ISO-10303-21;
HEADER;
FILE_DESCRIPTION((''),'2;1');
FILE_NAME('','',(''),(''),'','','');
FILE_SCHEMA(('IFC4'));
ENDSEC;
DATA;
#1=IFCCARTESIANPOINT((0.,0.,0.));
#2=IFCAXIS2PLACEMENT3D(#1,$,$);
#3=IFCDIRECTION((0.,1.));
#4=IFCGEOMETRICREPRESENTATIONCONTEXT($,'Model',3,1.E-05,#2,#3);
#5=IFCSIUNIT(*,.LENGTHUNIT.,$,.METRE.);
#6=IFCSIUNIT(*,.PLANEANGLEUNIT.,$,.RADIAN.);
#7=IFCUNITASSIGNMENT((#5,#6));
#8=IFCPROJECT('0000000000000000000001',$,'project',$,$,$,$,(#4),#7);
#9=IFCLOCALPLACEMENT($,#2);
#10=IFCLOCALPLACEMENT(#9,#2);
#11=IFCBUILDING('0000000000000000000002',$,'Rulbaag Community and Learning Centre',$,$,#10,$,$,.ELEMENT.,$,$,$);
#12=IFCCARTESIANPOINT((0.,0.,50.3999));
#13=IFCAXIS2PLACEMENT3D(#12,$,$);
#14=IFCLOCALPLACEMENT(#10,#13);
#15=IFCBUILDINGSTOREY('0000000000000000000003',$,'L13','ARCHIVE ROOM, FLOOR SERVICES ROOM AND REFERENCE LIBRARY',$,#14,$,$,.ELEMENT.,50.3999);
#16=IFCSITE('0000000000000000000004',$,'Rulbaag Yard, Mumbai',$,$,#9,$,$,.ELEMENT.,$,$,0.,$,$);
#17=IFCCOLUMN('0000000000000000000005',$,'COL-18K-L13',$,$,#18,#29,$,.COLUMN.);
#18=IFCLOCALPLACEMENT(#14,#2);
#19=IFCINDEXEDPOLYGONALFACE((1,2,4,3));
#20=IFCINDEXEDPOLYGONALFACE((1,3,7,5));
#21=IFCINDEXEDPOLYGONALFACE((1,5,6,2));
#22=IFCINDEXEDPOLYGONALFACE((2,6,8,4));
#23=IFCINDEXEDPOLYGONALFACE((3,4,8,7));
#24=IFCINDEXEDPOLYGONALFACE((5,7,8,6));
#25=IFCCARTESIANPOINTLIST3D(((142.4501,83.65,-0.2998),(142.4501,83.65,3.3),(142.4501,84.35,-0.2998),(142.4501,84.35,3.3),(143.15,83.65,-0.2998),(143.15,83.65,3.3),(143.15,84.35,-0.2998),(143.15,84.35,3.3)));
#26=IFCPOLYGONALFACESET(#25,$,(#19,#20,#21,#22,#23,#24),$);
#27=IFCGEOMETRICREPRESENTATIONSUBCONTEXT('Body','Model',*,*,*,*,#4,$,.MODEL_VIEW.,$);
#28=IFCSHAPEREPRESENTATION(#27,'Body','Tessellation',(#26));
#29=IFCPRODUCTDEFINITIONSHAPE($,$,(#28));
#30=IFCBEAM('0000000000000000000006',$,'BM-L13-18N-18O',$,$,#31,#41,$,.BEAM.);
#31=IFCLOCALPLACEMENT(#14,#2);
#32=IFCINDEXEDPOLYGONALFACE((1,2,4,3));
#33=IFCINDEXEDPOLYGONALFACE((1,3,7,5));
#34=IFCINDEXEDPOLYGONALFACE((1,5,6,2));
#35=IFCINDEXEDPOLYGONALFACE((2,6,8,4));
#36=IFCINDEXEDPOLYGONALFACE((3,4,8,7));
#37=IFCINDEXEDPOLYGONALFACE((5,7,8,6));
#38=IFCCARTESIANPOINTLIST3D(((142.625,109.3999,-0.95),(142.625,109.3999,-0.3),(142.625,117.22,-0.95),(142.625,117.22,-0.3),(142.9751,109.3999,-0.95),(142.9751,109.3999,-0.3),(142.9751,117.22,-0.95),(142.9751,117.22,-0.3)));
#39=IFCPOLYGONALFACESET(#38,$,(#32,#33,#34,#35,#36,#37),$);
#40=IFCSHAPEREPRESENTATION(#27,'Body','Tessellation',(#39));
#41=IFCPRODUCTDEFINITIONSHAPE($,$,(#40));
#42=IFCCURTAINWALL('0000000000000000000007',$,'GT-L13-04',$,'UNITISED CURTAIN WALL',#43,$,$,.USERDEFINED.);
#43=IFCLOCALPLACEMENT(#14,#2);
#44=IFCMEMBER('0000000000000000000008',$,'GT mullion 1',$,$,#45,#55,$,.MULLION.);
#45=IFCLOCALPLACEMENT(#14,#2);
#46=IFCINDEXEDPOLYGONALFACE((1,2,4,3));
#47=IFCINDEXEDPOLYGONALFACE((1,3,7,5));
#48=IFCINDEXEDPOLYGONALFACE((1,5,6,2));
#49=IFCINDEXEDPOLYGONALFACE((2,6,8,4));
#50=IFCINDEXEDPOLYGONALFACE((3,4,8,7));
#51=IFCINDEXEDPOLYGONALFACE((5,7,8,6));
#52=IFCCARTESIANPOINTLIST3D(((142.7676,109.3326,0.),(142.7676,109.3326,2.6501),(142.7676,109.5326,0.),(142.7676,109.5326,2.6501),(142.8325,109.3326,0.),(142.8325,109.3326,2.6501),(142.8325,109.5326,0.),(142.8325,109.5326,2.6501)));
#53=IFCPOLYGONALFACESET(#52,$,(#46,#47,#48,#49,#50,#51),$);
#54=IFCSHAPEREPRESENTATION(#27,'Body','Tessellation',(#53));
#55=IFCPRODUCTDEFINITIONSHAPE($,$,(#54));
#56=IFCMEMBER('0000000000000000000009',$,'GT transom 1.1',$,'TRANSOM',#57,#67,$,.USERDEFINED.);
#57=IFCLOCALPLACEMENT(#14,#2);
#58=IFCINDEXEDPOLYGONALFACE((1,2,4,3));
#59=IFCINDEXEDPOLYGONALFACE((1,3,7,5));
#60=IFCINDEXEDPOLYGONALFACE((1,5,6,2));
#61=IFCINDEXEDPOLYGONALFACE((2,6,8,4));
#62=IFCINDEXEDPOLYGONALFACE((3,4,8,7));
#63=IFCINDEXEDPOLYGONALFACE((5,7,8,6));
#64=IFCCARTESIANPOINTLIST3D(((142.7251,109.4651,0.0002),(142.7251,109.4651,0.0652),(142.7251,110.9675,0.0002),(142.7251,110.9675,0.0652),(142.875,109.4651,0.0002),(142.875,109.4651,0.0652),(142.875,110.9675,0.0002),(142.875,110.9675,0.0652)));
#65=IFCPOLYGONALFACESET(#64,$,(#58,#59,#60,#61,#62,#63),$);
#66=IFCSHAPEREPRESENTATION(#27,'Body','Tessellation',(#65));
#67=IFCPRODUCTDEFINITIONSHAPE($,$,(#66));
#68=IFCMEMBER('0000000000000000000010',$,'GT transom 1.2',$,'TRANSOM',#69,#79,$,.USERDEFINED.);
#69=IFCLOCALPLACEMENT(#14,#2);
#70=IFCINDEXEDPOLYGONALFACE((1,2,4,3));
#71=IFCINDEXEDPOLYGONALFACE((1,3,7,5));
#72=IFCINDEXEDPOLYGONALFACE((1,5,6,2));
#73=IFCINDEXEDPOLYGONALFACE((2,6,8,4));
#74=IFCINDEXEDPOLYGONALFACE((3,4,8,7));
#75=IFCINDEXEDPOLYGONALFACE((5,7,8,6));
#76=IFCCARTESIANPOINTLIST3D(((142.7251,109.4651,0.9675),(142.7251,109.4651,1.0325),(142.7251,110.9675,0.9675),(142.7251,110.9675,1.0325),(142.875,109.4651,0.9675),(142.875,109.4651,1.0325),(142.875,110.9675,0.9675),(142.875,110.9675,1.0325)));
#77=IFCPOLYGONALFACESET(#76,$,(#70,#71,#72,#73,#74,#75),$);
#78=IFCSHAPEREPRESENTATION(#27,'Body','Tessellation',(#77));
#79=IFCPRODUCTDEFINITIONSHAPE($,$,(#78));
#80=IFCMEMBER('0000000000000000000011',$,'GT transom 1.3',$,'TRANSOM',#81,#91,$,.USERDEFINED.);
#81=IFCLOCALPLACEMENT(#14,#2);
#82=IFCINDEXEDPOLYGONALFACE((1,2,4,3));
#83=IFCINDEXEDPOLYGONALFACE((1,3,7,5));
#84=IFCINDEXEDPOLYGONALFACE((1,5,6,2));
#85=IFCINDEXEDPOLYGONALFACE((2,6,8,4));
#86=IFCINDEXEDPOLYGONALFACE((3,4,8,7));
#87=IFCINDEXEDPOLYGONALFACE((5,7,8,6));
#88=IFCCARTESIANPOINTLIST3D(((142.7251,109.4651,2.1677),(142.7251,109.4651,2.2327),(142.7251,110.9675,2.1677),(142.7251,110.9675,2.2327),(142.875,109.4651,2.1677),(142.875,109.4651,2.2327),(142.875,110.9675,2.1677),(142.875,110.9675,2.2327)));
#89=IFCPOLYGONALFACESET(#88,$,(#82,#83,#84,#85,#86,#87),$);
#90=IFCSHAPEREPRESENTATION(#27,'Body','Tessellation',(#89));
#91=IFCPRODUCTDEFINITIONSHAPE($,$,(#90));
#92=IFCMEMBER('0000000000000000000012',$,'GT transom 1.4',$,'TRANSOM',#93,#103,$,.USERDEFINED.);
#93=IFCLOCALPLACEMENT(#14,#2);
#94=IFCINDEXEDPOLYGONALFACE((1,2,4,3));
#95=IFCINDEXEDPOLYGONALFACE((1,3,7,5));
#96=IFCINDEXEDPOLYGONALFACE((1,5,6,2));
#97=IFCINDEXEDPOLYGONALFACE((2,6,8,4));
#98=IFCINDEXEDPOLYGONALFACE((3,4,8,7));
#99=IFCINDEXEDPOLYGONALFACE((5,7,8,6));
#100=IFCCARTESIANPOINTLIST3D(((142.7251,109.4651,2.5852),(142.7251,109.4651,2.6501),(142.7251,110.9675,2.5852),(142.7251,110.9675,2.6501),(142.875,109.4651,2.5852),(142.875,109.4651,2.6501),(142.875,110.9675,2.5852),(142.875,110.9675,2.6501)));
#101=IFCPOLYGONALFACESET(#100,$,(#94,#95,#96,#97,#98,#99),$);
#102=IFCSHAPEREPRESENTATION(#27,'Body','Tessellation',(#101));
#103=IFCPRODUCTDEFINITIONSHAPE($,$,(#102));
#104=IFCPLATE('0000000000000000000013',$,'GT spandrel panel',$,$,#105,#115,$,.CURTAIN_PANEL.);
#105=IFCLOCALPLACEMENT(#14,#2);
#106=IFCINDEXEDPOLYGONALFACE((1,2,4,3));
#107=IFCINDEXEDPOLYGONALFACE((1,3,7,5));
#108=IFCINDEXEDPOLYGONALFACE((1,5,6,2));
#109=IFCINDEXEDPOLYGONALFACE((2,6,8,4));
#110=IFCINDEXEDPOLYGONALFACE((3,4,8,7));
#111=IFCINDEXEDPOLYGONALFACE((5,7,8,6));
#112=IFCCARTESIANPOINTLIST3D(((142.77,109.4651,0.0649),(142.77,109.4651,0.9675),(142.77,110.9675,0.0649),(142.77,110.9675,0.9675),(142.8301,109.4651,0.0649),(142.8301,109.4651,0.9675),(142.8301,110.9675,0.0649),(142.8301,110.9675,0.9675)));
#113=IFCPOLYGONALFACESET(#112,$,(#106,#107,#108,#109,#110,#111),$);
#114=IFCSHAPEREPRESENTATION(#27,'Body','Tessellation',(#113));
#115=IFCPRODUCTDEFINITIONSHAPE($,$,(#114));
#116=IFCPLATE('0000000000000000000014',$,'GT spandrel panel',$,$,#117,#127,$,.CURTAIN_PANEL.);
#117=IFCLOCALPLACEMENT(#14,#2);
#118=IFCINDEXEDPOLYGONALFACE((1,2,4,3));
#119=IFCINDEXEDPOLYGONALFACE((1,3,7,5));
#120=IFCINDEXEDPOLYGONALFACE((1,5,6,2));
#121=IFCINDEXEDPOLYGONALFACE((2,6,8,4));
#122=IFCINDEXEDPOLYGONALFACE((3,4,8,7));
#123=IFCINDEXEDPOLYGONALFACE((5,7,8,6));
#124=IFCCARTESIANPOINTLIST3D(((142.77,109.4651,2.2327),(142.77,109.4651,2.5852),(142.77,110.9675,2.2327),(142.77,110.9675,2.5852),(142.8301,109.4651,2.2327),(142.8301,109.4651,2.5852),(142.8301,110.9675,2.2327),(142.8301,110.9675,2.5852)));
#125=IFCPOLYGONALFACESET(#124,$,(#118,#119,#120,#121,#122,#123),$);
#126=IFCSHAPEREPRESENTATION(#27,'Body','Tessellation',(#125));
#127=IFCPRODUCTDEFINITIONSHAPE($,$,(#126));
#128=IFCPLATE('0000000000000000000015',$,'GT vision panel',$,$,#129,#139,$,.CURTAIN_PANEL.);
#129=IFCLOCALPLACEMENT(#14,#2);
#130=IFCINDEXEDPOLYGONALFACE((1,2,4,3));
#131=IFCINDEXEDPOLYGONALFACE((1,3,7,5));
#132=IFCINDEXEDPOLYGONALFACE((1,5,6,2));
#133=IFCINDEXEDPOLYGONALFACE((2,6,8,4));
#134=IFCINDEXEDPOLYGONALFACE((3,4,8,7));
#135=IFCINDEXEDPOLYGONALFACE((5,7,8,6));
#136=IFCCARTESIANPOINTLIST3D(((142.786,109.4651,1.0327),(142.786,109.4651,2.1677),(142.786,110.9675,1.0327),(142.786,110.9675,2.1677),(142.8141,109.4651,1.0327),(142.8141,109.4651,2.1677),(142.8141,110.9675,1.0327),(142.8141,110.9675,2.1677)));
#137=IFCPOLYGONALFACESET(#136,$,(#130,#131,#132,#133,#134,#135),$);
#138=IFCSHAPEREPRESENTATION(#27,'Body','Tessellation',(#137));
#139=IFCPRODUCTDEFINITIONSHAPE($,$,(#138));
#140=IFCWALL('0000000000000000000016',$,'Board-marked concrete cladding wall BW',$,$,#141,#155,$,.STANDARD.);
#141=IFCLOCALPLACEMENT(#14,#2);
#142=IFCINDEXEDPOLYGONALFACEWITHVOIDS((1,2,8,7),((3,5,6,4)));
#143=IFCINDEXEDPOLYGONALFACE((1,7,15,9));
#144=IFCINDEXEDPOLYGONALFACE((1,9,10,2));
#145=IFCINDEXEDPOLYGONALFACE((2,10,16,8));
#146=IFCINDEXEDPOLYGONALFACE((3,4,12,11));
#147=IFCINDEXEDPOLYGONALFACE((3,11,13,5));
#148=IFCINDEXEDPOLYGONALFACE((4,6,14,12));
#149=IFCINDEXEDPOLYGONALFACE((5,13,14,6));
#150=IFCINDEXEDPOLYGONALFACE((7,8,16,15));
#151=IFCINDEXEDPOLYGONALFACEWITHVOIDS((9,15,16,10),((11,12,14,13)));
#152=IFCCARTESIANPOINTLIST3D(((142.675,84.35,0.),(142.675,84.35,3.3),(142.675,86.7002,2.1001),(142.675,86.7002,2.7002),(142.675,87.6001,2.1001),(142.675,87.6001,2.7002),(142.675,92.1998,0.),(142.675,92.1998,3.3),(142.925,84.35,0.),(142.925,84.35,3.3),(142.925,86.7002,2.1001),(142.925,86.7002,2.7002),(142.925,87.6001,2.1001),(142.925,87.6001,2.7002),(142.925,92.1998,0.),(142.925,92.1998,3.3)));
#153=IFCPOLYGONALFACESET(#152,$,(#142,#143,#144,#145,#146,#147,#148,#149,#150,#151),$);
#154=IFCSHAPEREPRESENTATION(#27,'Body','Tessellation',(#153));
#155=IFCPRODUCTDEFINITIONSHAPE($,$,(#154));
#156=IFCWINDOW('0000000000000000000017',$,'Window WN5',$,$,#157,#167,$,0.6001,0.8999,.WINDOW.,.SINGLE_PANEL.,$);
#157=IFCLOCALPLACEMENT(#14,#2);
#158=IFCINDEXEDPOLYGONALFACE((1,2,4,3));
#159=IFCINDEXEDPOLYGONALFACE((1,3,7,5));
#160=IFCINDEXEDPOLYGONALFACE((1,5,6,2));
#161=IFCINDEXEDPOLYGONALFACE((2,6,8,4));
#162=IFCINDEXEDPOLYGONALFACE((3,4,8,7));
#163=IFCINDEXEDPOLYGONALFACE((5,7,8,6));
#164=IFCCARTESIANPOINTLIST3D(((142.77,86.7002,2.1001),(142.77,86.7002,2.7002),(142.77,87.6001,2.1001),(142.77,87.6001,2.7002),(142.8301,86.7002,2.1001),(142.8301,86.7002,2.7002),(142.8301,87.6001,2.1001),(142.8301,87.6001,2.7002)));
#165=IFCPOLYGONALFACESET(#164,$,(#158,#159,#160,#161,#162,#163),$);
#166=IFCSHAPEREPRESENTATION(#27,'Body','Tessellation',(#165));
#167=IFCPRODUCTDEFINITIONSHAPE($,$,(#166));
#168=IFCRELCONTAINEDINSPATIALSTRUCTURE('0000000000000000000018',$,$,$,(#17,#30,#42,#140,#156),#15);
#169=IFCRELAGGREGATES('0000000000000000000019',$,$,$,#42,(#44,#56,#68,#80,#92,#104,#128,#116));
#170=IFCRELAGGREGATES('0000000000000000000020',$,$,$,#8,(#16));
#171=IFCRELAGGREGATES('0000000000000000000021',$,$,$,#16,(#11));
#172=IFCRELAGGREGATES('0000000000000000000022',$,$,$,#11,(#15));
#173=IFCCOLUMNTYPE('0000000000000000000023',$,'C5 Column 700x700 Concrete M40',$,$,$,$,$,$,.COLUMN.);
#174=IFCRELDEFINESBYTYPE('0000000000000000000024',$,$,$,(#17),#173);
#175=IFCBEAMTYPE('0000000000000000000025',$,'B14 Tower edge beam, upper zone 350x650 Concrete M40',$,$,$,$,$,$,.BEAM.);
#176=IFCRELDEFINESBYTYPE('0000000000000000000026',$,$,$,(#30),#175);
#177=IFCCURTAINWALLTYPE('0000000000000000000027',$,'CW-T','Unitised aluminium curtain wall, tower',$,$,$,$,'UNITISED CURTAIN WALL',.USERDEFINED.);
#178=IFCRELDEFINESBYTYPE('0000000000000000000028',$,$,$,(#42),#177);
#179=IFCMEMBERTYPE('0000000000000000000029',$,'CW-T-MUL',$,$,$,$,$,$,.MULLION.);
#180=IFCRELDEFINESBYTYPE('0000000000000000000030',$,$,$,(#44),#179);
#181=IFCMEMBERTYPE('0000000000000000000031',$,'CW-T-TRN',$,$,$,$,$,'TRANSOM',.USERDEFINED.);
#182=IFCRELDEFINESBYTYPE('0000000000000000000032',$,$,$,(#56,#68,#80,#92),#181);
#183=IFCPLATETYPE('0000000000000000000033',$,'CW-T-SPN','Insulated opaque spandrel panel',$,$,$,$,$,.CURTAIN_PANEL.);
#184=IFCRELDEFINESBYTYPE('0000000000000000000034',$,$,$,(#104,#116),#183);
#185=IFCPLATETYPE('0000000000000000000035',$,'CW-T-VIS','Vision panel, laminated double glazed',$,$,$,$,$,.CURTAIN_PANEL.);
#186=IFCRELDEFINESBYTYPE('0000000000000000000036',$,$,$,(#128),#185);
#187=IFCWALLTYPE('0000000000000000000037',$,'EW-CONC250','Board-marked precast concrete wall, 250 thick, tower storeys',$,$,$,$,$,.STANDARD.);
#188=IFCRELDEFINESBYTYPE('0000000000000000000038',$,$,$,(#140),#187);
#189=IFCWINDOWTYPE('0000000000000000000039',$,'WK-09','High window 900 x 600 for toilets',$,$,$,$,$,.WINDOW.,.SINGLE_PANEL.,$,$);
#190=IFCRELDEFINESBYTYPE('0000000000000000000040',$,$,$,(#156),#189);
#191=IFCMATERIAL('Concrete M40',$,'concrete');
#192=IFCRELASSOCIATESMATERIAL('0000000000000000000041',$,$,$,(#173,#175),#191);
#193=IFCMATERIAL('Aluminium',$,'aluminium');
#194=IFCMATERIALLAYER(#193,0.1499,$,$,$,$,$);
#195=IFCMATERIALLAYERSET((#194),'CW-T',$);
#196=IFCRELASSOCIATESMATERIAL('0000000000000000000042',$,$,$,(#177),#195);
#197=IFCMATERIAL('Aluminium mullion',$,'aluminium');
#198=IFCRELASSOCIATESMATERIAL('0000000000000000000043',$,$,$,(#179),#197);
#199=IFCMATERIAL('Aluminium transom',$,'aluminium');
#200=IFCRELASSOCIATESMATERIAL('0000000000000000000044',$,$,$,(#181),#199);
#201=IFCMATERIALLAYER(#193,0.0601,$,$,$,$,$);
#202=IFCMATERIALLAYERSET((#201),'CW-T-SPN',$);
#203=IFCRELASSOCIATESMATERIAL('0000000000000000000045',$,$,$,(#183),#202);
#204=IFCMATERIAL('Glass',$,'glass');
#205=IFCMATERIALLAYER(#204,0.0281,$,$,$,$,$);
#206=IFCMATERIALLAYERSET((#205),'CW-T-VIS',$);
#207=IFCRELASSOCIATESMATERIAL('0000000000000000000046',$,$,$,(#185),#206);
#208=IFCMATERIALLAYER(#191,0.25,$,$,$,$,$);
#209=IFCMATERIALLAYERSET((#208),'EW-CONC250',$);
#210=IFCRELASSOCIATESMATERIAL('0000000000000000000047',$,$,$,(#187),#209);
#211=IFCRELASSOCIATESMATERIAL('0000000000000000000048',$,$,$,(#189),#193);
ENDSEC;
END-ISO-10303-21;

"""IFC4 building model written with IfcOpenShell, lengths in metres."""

from ifc_helpers import new_model, si_unit, direction, frame, frame_2d, origin, origin_2d, place, context, subcontext, project, spatial, rectangle, extrude, material, layer, layer_set, material_profile, profile_set, type_object, element, fill, aggregate, save


model = new_model("IFC4")

# Units and contexts
model_context = context("Model", 3, precision=1e-05, world=origin(), true_north=direction((0.0, 1.0)))
body_context = subcontext(model_context, "Body", "Model", "MODEL_VIEW")
ifc_project = project(units=[si_unit("LENGTHUNIT", "METRE"), si_unit("PLANEANGLEUNIT", "RADIAN")], contexts=[model_context])

# Site, building, storey
site_placement = place(None, origin())
site = spatial("IfcSite", under=ifc_project, at=site_placement, Name="Rulbaag Yard, Mumbai", CompositionType="ELEMENT", RefElevation=0.0)
building_placement = place(site_placement, origin())
building = spatial("IfcBuilding", under=site, at=building_placement, Name="Rulbaag Community and Learning Centre", CompositionType="ELEMENT")
storey_placement = place(building_placement, frame((0.0, 0.0, 50.3999)))
storey = spatial("IfcBuildingStorey", under=building, at=storey_placement, Name="L13", Description="ARCHIVE ROOM, FLOOR SERVICES ROOM AND REFERENCE LIBRARY", CompositionType="ELEMENT", Elevation=50.3999)

# Column
ifc_material_1 = material(Name="Concrete M40", Category="concrete")
ifc_material_profile_1 = material_profile(ifc_material_1, rectangle(XDim=0.7, YDim=0.7, at=origin_2d()), Name="RC700x700")
ifc_profile_set_1 = profile_set([ifc_material_profile_1], Name="Concrete M40")
column_type = type_object("IfcColumnType", Name="C5 Column 700x700 Concrete M40", PredefinedType="COLUMN", material=ifc_profile_set_1)
column_placement = place(storey_placement, frame((142.8, 84.0, -0.2998), z_axis=(0.0, 0.0, 1.0), x_axis=(1.0, 0.0, 0.0)))
element("IfcColumn", 1, at=column_placement, inside=storey, type_object=column_type, Name="COL-18K-L13", PredefinedType="COLUMN", context=body_context, shape_type="SweptSolid", body=[
    extrude(rectangle(XDim=0.7, YDim=0.7, at=origin_2d()), origin(), (0.0, 0.0, 1.0), 3.5999),
])

# Beam
ifc_material_profile_2 = material_profile(ifc_material_1, rectangle(XDim=0.3501, YDim=0.6499, at=origin_2d()), Name="RB350x650")
ifc_profile_set_2 = profile_set([ifc_material_profile_2], Name="Concrete M40")
beam_type = type_object("IfcBeamType", Name="B14 Tower edge beam, upper zone 350x650 Concrete M40", PredefinedType="BEAM", material=ifc_profile_set_2)
beam_placement = place(storey_placement, frame((142.8, 109.3999, -0.625), z_axis=(0.0, 1.0, 0.0), x_axis=(-1.0, 0.0, 0.0)))
element("IfcBeam", 2, at=beam_placement, inside=storey, type_object=beam_type, Name="BM-L13-18N-18O", PredefinedType="BEAM", context=body_context, shape_type="SweptSolid", body=[
    extrude(rectangle(XDim=0.3501, YDim=0.6499, at=origin_2d()), origin(), (0.0, 0.0, 1.0), 7.8201),
])

# Curtain wall, members, plates
ifc_material_2 = material(Name="Aluminium", Category="aluminium")
ifc_layer_1 = layer(ifc_material_2, 0.1499)
ifc_layer_set_1 = layer_set([ifc_layer_1], Name="CW-T")
curtain_wall_type = type_object("IfcCurtainWallType", Name="CW-T", Description="Unitised aluminium curtain wall, tower", ElementType="UNITISED CURTAIN WALL", PredefinedType="USERDEFINED", material=ifc_layer_set_1)
curtain_wall_placement = place(storey_placement, origin())
curtain_wall = element("IfcCurtainWall", 3, at=curtain_wall_placement, inside=storey, type_object=curtain_wall_type, Name="GT-L13-04", ObjectType="UNITISED CURTAIN WALL", PredefinedType="USERDEFINED")
ifc_material_3 = material(Name="Aluminium mullion", Category="aluminium")
ifc_material_profile_3 = material_profile(ifc_material_3, rectangle(XDim=0.0649, YDim=0.2, at=origin_2d()), Name="AL 65x200")
ifc_profile_set_3 = profile_set([ifc_material_profile_3], Name="Aluminium mullion")
member_type_1 = type_object("IfcMemberType", Name="CW-T-MUL", PredefinedType="MULLION", material=ifc_profile_set_3)
member_1_placement = place(storey_placement, frame((142.8, 109.4326, 0.0), z_axis=(0.0, 0.0, 1.0), x_axis=(-1.0, 0.0, 0.0)))
member_1 = element("IfcMember", 4, at=member_1_placement, type_object=member_type_1, Name="GT mullion 1", PredefinedType="MULLION", context=body_context, shape_type="SweptSolid", body=[
    extrude(rectangle(XDim=0.0649, YDim=0.2, at=origin_2d()), origin(), (0.0, 0.0, 1.0), 2.6501),
])
ifc_material_4 = material(Name="Aluminium transom", Category="aluminium")
ifc_material_profile_4 = material_profile(ifc_material_4, rectangle(XDim=0.1499, YDim=0.0649, at=origin_2d()), Name="AL 65x150 T")
ifc_profile_set_4 = profile_set([ifc_material_profile_4], Name="Aluminium transom")
member_type_2 = type_object("IfcMemberType", Name="CW-T-TRN", ElementType="TRANSOM", PredefinedType="USERDEFINED", material=ifc_profile_set_4)
member_2_placement = place(storey_placement, frame((142.8, 109.4651, 0.0327), z_axis=(0.0, 1.0, 0.0), x_axis=(-1.0, 0.0, 0.0)))
member_2 = element("IfcMember", 5, at=member_2_placement, type_object=member_type_2, Name="GT transom 1.1", ObjectType="TRANSOM", PredefinedType="USERDEFINED", context=body_context, shape_type="SweptSolid", body=[
    extrude(rectangle(XDim=0.1499, YDim=0.0649, at=origin_2d()), origin(), (0.0, 0.0, 1.0), 1.5024),
])
member_3_placement = place(storey_placement, frame((142.8, 109.4651, 1.0), z_axis=(0.0, 1.0, 0.0), x_axis=(-1.0, 0.0, 0.0)))
member_3 = element("IfcMember", 6, at=member_3_placement, type_object=member_type_2, Name="GT transom 1.2", ObjectType="TRANSOM", PredefinedType="USERDEFINED", context=body_context, shape_type="SweptSolid", body=[
    extrude(rectangle(XDim=0.1499, YDim=0.0649, at=origin_2d()), origin(), (0.0, 0.0, 1.0), 1.5024),
])
member_4_placement = place(storey_placement, frame((142.8, 109.4651, 2.2002), z_axis=(0.0, 1.0, 0.0), x_axis=(-1.0, 0.0, 0.0)))
member_4 = element("IfcMember", 7, at=member_4_placement, type_object=member_type_2, Name="GT transom 1.3", ObjectType="TRANSOM", PredefinedType="USERDEFINED", context=body_context, shape_type="SweptSolid", body=[
    extrude(rectangle(XDim=0.1499, YDim=0.0649, at=origin_2d()), origin(), (0.0, 0.0, 1.0), 1.5024),
])
member_5_placement = place(storey_placement, frame((142.8, 109.4651, 2.6177), z_axis=(0.0, 1.0, 0.0), x_axis=(-1.0, 0.0, 0.0)))
member_5 = element("IfcMember", 8, at=member_5_placement, type_object=member_type_2, Name="GT transom 1.4", ObjectType="TRANSOM", PredefinedType="USERDEFINED", context=body_context, shape_type="SweptSolid", body=[
    extrude(rectangle(XDim=0.1499, YDim=0.0649, at=origin_2d()), origin(), (0.0, 0.0, 1.0), 1.5024),
])
ifc_layer_2 = layer(ifc_material_2, 0.0601)
ifc_layer_set_2 = layer_set([ifc_layer_2], Name="CW-T-SPN")
plate_type_1 = type_object("IfcPlateType", Name="CW-T-SPN", Description="Insulated opaque spandrel panel", PredefinedType="CURTAIN_PANEL", material=ifc_layer_set_2)
plate_1_placement = place(storey_placement, frame((142.8, 110.2163, 0.0649), z_axis=(0.0, 0.0, 1.0), x_axis=(0.0, 1.0, 0.0)))
plate_1 = element("IfcPlate", 9, at=plate_1_placement, type_object=plate_type_1, Name="GT spandrel panel", PredefinedType="CURTAIN_PANEL", context=body_context, shape_type="SweptSolid", body=[
    extrude(rectangle(XDim=1.5024, YDim=0.0601, at=origin_2d()), origin(), (0.0, 0.0, 1.0), 0.9026),
])
plate_2_placement = place(storey_placement, frame((142.8, 110.2163, 2.2327), z_axis=(0.0, 0.0, 1.0), x_axis=(0.0, 1.0, 0.0)))
plate_2 = element("IfcPlate", 10, at=plate_2_placement, type_object=plate_type_1, Name="GT spandrel panel", PredefinedType="CURTAIN_PANEL", context=body_context, shape_type="SweptSolid", body=[
    extrude(rectangle(XDim=1.5024, YDim=0.0601, at=origin_2d()), origin(), (0.0, 0.0, 1.0), 0.3525),
])
ifc_material_5 = material(Name="Glass", Category="glass")
ifc_layer_3 = layer(ifc_material_5, 0.0281)
ifc_layer_set_3 = layer_set([ifc_layer_3], Name="CW-T-VIS")
plate_type_2 = type_object("IfcPlateType", Name="CW-T-VIS", Description="Vision panel, laminated double glazed", PredefinedType="CURTAIN_PANEL", material=ifc_layer_set_3)
plate_3_placement = place(storey_placement, frame((142.8, 110.2163, 1.0327), z_axis=(0.0, 0.0, 1.0), x_axis=(0.0, 1.0, 0.0)))
plate_3 = element("IfcPlate", 11, at=plate_3_placement, type_object=plate_type_2, Name="GT vision panel", PredefinedType="CURTAIN_PANEL", context=body_context, shape_type="SweptSolid", body=[
    extrude(rectangle(XDim=1.5024, YDim=0.0281, at=origin_2d()), origin(), (0.0, 0.0, 1.0), 1.135),
])
aggregate(curtain_wall, [member_1, member_2, member_3, member_4, member_5, plate_1, plate_3, plate_2])

# Wall, opening, window
ifc_layer_4 = layer(ifc_material_1, 0.25)
ifc_layer_set_4 = layer_set([ifc_layer_4], Name="EW-CONC250")
wall_type_1 = type_object("IfcWallType", Name="EW-CONC250", Description="Board-marked precast concrete wall, 250 thick, tower storeys", PredefinedType="STANDARD", material=ifc_layer_set_4)
wall_1_placement = place(storey_placement, frame((142.8, 84.3501, 0.0), z_axis=(0.0, 0.0, 1.0), x_axis=(0.0, 1.0, 0.0)))
wall_1 = element("IfcWall", 12, at=wall_1_placement, inside=storey, type_object=wall_type_1, Name="Board-marked concrete cladding wall BW", PredefinedType="STANDARD", context=body_context, shape_type="SweptSolid", body=[
    extrude(rectangle(XDim=7.8499, YDim=0.25, at=frame_2d((3.9248, 0.0))), origin(), (0.0, 0.0, 1.0), 3.3),
])
opening_1_placement = place(wall_1_placement, frame((2.3501, 0.0, 2.1001)))
opening_1 = element("IfcOpeningElement", 13, at=opening_1_placement, cuts=wall_1, PredefinedType="OPENING", context=body_context, shape_type="SweptSolid", body=[
    extrude(rectangle(XDim=0.8999, YDim=0.6001, at=frame_2d((0.45, 0.3))), frame((0.0, 0.135, 0.0), z_axis=(0.0, -1.0, 0.0), x_axis=(1.0, 0.0, 0.0)), (0.0, 0.0, 1.0), 0.27),
])
window_type = type_object("IfcWindowType", Name="WK-09", Description="High window 900 x 600 for toilets", PartitioningType="SINGLE_PANEL", PredefinedType="WINDOW", material=ifc_material_2)
window_placement = place(opening_1_placement, origin())
window = element("IfcWindow", 14, at=window_placement, inside=storey, type_object=window_type, Name="Window WN5", OverallHeight=0.6001, OverallWidth=0.8999, PartitioningType="SINGLE_PANEL", PredefinedType="WINDOW", context=body_context, shape_type="SweptSolid", body=[
    extrude(rectangle(XDim=0.8999, YDim=0.6001, at=frame_2d((0.45, 0.3))), frame((0.0, 0.03, 0.0), z_axis=(0.0, -1.0, 0.0), x_axis=(1.0, 0.0, 0.0)), (0.0, 0.0, 1.0), 0.0601),
])
fill(opening_1, window)

save(model, "model.ifc")
